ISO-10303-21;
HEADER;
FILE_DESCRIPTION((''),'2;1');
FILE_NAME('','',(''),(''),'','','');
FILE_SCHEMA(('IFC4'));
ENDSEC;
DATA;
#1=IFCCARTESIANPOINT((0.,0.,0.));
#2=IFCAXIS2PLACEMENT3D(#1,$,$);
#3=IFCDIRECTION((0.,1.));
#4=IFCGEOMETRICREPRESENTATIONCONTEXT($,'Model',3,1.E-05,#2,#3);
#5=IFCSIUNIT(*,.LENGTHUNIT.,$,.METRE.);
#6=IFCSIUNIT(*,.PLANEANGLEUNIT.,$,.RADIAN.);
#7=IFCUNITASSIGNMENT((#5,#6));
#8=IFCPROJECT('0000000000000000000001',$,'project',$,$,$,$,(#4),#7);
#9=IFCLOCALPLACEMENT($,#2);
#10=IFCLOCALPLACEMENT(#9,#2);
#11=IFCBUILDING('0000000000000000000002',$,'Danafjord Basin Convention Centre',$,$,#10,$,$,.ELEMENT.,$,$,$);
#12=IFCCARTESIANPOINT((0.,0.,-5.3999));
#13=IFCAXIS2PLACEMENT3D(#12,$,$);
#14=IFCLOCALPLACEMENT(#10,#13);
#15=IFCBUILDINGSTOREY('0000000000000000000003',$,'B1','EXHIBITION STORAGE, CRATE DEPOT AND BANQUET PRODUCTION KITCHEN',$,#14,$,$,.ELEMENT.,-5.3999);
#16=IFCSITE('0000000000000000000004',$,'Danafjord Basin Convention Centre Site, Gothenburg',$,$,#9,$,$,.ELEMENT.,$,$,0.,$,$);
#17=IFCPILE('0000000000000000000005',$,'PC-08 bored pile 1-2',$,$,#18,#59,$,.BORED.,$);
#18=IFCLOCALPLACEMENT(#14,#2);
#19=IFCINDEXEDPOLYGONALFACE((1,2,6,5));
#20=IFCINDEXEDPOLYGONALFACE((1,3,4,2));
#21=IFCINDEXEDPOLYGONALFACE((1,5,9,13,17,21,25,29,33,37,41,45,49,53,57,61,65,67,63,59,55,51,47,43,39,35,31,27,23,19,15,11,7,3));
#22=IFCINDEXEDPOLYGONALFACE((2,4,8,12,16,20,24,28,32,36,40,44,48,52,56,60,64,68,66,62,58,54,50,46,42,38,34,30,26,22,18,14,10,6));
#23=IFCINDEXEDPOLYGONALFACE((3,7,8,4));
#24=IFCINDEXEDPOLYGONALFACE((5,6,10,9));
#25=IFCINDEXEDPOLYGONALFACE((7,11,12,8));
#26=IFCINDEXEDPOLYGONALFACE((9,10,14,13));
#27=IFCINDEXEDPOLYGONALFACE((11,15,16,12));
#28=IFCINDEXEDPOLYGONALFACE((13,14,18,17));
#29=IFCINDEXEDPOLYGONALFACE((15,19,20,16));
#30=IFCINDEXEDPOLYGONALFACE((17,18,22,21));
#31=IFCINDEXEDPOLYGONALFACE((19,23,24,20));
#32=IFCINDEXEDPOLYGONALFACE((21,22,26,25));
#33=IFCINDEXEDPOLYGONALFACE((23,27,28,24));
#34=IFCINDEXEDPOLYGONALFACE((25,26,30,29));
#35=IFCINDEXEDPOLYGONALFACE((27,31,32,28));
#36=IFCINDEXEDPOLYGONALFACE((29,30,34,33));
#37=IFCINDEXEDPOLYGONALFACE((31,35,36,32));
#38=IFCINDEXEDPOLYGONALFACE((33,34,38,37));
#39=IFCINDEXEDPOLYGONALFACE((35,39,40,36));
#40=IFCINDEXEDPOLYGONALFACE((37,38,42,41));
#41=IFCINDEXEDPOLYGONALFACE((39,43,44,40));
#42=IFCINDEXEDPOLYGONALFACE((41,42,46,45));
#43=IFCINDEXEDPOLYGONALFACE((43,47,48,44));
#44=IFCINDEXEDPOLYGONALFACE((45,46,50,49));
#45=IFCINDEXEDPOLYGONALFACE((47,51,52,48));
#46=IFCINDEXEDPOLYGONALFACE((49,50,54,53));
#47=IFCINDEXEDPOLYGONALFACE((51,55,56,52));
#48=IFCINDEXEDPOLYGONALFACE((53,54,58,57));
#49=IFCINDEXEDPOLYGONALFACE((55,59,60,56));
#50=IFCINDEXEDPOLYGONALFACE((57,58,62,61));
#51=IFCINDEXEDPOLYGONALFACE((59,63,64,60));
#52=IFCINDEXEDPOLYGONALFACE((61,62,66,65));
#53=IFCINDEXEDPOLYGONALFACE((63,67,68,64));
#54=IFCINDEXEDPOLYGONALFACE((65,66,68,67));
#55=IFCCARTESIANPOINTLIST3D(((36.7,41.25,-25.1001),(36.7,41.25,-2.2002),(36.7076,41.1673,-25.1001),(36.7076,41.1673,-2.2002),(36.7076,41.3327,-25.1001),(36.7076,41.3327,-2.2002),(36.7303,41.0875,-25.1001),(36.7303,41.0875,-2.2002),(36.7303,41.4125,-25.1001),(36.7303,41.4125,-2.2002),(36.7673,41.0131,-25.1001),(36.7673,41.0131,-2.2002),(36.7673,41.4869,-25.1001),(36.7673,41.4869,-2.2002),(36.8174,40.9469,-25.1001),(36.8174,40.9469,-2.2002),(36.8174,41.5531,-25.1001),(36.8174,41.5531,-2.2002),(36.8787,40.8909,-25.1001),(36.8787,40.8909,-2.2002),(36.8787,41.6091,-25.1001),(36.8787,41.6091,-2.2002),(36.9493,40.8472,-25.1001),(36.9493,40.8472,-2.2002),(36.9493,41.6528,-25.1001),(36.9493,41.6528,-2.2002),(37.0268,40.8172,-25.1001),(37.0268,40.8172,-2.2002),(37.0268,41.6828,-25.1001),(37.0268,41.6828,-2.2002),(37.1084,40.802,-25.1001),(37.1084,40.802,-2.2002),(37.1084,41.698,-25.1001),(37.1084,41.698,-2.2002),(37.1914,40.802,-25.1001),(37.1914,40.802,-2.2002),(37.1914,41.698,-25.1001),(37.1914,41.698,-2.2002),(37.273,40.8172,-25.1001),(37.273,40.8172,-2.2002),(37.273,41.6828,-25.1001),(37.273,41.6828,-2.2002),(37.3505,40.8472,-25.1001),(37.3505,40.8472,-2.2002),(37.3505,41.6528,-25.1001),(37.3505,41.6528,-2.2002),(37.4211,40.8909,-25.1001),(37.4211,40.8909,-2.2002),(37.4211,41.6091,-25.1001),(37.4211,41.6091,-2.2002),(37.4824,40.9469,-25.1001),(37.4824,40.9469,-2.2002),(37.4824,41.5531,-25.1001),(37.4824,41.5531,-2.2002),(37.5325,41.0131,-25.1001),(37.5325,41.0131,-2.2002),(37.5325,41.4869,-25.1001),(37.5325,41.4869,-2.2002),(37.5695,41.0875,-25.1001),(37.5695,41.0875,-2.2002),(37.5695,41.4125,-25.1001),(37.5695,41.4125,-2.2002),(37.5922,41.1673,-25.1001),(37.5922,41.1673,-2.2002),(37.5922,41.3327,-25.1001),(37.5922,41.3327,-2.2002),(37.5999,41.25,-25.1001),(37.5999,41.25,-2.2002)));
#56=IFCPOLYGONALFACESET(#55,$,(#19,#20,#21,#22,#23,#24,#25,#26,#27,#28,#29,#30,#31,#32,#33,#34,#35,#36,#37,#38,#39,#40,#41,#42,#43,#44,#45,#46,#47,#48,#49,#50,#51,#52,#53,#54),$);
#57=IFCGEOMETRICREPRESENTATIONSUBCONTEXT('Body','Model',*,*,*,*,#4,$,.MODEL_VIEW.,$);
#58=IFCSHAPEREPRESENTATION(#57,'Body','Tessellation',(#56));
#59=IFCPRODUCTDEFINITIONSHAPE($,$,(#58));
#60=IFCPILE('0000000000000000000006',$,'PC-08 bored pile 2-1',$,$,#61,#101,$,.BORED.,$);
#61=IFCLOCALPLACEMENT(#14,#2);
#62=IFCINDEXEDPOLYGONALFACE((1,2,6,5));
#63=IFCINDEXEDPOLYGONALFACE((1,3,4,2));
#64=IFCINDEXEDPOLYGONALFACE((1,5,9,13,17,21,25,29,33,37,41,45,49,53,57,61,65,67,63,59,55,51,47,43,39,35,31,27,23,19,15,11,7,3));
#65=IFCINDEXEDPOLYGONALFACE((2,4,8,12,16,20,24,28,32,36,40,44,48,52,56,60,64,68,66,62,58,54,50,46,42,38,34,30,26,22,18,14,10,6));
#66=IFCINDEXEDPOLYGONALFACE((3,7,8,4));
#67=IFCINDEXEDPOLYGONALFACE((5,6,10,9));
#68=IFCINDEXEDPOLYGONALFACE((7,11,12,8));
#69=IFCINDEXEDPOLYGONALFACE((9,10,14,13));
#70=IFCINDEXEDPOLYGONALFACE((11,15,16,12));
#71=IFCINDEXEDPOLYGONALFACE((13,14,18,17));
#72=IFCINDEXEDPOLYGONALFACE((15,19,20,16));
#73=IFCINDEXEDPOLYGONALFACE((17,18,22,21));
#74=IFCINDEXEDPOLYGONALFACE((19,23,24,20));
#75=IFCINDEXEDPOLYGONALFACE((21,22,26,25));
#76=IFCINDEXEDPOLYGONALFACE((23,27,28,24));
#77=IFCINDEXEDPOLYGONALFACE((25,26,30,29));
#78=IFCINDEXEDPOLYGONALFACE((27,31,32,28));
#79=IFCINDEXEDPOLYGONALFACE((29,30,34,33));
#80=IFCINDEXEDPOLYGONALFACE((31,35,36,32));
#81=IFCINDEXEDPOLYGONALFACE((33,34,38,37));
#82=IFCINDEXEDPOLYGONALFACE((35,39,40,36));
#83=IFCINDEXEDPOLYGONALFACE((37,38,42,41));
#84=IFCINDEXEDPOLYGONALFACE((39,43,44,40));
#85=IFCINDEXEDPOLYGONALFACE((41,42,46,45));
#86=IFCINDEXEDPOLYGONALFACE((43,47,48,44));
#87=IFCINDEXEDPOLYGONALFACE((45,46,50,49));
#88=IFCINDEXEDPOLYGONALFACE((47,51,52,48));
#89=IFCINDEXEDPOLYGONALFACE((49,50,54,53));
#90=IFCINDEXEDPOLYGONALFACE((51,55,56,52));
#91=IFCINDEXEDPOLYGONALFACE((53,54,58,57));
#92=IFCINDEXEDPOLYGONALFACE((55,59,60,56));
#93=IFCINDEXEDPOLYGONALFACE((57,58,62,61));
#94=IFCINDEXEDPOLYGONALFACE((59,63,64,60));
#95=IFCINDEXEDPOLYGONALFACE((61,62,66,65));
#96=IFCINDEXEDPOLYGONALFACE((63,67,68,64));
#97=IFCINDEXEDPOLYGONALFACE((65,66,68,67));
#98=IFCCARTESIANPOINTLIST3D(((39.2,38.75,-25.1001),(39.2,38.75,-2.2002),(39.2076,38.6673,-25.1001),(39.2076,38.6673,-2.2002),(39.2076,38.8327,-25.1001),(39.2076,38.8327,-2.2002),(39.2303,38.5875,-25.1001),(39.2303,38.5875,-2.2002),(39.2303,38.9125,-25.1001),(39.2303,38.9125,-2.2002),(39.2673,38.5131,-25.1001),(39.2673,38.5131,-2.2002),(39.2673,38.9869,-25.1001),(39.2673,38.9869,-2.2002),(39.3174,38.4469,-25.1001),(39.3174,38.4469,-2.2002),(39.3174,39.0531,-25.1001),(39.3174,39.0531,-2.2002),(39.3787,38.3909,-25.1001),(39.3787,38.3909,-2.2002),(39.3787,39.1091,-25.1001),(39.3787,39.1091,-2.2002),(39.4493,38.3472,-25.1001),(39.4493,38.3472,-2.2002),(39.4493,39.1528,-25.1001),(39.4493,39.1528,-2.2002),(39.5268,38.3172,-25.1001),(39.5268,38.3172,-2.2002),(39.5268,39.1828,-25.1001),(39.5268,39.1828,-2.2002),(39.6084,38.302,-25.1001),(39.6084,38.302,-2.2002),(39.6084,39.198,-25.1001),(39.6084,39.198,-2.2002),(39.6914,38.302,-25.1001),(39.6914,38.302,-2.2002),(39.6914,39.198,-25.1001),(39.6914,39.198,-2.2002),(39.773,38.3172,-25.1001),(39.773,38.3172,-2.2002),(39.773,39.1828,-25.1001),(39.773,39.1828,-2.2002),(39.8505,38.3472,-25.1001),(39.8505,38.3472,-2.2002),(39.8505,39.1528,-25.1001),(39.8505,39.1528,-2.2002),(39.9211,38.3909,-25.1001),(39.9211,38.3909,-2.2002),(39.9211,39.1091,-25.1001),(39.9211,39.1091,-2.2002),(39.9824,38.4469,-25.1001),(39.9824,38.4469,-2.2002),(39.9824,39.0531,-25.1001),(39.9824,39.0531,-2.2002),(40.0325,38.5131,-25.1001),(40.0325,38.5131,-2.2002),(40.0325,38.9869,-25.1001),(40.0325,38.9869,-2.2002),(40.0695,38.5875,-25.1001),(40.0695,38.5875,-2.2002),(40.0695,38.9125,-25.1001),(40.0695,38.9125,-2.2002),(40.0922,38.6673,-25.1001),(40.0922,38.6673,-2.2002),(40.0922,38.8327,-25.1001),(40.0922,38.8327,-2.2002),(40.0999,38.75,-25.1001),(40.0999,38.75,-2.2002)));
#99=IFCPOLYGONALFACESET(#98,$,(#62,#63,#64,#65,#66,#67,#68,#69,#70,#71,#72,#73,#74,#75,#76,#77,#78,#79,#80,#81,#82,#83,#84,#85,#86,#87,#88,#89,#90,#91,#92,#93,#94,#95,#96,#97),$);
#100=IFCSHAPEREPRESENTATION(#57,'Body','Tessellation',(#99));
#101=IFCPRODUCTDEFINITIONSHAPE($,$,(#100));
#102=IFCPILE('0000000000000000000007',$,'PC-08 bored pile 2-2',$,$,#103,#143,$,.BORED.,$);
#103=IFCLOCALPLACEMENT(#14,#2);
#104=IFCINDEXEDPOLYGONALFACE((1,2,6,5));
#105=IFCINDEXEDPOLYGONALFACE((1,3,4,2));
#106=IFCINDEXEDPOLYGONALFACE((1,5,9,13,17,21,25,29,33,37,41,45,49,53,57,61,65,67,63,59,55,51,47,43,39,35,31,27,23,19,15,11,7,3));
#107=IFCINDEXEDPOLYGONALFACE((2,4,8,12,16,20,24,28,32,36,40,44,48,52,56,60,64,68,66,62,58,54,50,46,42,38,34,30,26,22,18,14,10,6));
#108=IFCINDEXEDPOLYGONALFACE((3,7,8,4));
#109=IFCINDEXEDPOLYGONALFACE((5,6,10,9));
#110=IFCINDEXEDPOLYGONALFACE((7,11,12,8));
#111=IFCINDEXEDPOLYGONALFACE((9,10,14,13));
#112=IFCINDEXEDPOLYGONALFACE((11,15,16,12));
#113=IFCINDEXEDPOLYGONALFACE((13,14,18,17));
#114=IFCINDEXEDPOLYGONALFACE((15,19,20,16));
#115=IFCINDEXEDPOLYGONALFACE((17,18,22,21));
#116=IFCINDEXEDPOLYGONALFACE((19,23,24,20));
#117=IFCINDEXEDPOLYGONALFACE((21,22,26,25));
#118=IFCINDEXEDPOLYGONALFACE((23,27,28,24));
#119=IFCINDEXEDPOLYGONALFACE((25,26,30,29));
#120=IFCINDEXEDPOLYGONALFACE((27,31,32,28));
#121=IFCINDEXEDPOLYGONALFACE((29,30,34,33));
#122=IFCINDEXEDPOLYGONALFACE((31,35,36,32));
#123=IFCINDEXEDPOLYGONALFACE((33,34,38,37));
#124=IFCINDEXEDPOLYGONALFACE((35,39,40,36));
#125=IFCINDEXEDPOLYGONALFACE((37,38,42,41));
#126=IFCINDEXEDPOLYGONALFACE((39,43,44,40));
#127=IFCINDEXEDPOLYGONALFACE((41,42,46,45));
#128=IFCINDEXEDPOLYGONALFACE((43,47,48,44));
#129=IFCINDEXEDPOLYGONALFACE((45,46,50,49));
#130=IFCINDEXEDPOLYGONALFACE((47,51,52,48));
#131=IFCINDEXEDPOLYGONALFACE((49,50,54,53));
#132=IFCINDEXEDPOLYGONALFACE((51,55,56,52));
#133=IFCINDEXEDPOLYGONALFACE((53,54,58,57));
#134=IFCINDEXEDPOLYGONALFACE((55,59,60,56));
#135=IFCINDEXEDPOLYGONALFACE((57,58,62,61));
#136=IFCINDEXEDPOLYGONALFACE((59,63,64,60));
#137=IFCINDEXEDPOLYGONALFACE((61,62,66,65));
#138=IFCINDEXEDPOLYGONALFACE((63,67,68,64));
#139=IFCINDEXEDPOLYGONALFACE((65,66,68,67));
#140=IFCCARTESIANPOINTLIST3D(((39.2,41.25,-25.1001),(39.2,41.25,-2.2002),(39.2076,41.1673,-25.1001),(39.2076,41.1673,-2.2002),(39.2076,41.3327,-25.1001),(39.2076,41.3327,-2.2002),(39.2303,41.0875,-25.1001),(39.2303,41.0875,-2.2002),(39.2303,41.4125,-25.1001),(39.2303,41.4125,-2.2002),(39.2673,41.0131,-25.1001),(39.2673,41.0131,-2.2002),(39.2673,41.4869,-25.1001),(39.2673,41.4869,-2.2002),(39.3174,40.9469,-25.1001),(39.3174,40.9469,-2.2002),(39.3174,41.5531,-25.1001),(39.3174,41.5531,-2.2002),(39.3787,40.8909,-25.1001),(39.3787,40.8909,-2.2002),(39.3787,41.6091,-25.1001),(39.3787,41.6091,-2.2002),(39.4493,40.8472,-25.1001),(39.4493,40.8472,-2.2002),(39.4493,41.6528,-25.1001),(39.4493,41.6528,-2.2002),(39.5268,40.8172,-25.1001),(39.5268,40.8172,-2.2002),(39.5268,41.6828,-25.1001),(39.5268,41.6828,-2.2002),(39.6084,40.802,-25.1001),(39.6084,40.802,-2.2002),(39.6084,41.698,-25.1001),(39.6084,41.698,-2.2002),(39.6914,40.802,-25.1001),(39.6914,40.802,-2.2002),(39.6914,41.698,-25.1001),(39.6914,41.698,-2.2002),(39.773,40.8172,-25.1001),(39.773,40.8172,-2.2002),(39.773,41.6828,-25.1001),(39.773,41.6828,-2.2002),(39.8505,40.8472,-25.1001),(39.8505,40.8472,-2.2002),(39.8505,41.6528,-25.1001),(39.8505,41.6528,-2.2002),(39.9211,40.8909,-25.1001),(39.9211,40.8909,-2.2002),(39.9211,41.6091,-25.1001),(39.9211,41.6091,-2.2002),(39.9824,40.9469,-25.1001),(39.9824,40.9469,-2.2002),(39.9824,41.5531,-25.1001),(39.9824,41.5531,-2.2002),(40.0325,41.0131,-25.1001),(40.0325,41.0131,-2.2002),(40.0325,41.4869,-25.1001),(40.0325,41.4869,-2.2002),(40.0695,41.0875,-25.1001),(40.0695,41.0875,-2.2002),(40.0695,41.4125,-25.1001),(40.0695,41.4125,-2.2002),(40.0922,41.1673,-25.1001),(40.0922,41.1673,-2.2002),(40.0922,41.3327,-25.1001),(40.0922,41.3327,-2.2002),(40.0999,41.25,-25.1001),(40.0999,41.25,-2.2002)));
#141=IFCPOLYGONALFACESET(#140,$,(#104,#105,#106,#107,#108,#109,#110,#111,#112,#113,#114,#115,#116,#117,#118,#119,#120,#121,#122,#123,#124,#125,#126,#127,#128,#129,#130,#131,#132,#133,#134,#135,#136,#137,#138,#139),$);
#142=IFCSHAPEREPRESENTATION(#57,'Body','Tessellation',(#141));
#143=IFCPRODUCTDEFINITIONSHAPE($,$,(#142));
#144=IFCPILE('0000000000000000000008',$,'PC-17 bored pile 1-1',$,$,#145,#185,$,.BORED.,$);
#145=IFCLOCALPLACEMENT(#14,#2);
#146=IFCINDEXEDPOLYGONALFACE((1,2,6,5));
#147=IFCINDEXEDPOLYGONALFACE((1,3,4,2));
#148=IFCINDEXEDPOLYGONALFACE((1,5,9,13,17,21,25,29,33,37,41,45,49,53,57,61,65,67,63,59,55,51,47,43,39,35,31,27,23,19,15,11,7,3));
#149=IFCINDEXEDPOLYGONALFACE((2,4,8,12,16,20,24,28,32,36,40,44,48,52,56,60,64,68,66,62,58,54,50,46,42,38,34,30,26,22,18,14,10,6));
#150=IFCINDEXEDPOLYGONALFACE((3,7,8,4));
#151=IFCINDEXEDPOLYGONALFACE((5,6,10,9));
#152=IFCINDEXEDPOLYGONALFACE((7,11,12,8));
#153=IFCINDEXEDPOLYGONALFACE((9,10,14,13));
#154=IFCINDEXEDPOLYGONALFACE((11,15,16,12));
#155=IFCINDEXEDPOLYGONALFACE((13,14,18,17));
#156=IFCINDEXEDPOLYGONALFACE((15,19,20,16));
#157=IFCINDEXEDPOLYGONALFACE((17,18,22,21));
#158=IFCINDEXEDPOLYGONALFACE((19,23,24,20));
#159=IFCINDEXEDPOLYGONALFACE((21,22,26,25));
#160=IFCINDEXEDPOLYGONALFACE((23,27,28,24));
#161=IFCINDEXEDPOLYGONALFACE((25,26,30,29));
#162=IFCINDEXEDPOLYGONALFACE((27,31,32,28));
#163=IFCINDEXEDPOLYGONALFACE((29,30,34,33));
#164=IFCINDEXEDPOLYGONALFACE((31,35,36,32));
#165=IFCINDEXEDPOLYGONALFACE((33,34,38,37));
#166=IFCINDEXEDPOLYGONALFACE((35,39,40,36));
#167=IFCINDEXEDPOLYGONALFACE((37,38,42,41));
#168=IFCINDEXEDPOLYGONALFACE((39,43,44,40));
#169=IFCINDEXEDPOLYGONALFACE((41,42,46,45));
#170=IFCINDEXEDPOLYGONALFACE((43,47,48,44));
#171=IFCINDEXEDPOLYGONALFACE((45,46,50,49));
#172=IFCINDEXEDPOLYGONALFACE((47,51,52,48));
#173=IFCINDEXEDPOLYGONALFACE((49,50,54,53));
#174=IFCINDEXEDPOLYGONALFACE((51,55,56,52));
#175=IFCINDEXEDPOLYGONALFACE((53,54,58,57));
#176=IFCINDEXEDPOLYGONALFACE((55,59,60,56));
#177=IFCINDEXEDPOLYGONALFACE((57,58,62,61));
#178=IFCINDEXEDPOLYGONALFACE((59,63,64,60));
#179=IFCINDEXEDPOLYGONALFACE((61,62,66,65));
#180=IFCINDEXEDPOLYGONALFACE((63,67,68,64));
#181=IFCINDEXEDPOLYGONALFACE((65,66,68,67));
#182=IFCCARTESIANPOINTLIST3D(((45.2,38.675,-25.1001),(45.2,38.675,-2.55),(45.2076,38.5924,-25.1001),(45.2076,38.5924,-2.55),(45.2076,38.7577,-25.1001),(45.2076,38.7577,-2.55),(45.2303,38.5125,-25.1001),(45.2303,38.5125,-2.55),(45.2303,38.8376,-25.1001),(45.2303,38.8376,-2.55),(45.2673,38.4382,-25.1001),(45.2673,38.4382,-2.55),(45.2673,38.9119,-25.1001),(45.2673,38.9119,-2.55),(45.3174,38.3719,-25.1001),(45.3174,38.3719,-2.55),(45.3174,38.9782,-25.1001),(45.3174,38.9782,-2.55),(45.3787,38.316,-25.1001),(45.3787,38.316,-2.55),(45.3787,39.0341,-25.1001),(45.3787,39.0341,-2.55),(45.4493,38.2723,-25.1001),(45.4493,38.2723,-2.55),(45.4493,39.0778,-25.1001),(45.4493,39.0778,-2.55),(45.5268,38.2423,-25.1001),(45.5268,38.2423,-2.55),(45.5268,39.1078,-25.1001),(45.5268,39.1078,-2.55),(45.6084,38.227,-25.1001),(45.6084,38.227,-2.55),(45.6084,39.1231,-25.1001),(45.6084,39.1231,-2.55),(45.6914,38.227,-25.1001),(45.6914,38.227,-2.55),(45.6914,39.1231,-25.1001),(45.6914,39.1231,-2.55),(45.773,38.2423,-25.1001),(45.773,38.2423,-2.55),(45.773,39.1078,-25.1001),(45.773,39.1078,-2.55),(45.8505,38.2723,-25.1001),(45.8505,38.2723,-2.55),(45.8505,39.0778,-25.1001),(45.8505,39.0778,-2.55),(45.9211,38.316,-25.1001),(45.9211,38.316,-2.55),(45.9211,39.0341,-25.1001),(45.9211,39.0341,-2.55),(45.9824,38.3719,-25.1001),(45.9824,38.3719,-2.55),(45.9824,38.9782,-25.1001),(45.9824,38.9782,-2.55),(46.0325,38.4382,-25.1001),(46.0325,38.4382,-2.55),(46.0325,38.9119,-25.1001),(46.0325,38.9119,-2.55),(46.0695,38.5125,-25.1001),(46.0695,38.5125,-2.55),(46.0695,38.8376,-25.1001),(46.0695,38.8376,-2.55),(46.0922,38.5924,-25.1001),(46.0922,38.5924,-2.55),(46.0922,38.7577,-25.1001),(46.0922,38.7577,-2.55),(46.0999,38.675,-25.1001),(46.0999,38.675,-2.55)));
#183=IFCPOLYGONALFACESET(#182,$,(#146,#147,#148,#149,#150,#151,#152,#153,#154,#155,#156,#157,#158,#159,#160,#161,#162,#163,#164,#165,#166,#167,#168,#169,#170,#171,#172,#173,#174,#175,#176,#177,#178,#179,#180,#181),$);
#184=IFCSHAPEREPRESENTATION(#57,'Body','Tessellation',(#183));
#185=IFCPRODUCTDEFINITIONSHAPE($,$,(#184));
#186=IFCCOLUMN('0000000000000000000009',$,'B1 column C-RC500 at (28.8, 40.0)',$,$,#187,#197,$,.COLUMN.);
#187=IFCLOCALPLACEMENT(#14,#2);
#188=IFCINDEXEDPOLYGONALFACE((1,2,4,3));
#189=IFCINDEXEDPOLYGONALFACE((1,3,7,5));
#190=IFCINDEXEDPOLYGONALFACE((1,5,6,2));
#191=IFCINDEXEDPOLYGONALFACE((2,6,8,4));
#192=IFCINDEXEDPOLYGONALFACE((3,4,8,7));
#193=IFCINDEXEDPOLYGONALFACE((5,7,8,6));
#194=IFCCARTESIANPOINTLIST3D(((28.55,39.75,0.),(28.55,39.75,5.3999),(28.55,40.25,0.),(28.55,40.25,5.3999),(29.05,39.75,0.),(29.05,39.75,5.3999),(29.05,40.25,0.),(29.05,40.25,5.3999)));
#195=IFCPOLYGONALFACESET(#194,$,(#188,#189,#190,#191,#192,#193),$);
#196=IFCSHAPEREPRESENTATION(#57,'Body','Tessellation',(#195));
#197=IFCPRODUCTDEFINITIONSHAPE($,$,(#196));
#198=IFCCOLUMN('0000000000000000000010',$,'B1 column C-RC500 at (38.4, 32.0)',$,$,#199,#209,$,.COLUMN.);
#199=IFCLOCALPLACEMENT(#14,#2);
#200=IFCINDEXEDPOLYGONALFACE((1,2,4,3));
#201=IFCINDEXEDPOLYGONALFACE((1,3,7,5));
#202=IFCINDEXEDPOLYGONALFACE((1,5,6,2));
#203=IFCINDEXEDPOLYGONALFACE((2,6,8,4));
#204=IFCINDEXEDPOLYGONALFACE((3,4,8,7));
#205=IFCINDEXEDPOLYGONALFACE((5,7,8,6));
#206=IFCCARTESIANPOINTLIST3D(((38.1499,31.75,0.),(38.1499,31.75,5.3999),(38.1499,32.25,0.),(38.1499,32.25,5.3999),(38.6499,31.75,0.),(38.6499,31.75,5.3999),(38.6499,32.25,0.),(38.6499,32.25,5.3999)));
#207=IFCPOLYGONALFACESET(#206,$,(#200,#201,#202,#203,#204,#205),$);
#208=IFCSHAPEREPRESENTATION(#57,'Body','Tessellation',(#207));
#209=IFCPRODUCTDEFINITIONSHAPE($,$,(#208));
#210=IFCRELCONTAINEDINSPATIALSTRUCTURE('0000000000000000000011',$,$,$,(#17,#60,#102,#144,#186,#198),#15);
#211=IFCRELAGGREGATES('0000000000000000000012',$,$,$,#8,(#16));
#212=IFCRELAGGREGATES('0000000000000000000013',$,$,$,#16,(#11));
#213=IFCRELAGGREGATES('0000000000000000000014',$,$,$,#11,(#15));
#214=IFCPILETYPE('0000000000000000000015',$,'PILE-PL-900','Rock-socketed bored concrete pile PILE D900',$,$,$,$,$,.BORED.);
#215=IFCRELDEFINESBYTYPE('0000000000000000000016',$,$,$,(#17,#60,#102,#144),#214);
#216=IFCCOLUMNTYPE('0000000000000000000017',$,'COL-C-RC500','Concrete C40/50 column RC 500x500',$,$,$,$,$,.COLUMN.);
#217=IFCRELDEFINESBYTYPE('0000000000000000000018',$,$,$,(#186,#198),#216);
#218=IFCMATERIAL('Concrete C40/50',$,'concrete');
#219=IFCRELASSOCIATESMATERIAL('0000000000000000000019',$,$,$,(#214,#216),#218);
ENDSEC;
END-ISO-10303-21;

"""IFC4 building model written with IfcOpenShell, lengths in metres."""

from ifc_helpers import new_model, si_unit, direction, frame, origin, origin_2d, place, context, subcontext, project, spatial, rectangle, circle, extrude, material, material_profile, profile_set, type_object, element, save


model = new_model("IFC4")

# Units and contexts
model_context = context("Model", 3, precision=1e-05, world=origin(), true_north=direction((0.0, 1.0)))
body_context = subcontext(model_context, "Body", "Model", "MODEL_VIEW")
ifc_project = project(units=[si_unit("LENGTHUNIT", "METRE"), si_unit("PLANEANGLEUNIT", "RADIAN")], contexts=[model_context])

# Site, building, storey
site_placement = place(None, origin())
site = spatial("IfcSite", under=ifc_project, at=site_placement, Name="Danafjord Basin Convention Centre Site, Gothenburg", CompositionType="ELEMENT", RefElevation=0.0)
building_placement = place(site_placement, origin())
building = spatial("IfcBuilding", under=site, at=building_placement, Name="Danafjord Basin Convention Centre", CompositionType="ELEMENT")
storey_placement = place(building_placement, frame((0.0, 0.0, -5.3999)))
storey = spatial("IfcBuildingStorey", under=building, at=storey_placement, Name="B1", Description="EXHIBITION STORAGE, CRATE DEPOT AND BANQUET PRODUCTION KITCHEN", CompositionType="ELEMENT", Elevation=-5.3999)

# Shared definitions
ifc_material_1 = material(Name="Concrete C40/50", Category="concrete")

# Piles
ifc_material_profile_1 = material_profile(ifc_material_1, circle(Radius=0.45, at=origin_2d()), Name="PILE D900")
ifc_profile_set_1 = profile_set([ifc_material_profile_1], Name="Concrete C40/50")
pile_type_1 = type_object("IfcPileType", Name="PILE-PL-900", Description="Rock-socketed bored concrete pile PILE D900", PredefinedType="BORED", material=ifc_profile_set_1)
for number, where, z_axis, x_axis, name in (
    (1, (37.1499, 41.25, -2.2002), (0.0, 0.0, -1.0), (1.0, 0.0, 0.0), "PC-08 bored pile 1-2"),
    (2, (39.6499, 38.75, -2.2002), (0.0, 0.0, -1.0), (1.0, 0.0, 0.0), "PC-08 bored pile 2-1"),
    (3, (39.6499, 41.25, -2.2002), (0.0, 0.0, -1.0), (1.0, 0.0, 0.0), "PC-08 bored pile 2-2"),
):
    element("IfcPile", number, at=place(storey_placement, frame(where, z_axis=z_axis, x_axis=x_axis)), inside=storey, type_object=pile_type_1, Name=name, PredefinedType="BORED", context=body_context, shape_type="SweptSolid", body=[
        extrude(circle(Radius=0.45, at=origin_2d()), origin(), (0.0, 0.0, 1.0), 22.8999),
    ])
pile_placement = place(storey_placement, frame((45.6499, 38.675, -2.55), z_axis=(0.0, 0.0, -1.0), x_axis=(1.0, 0.0, 0.0)))
element("IfcPile", 4, at=pile_placement, inside=storey, type_object=pile_type_1, Name="PC-17 bored pile 1-1", PredefinedType="BORED", context=body_context, shape_type="SweptSolid", body=[
    extrude(circle(Radius=0.45, at=origin_2d()), origin(), (0.0, 0.0, 1.0), 22.55),
])

# Columns
ifc_material_profile_2 = material_profile(ifc_material_1, rectangle(XDim=0.5, YDim=0.5, at=origin_2d()), Name="RC 500x500")
ifc_profile_set_2 = profile_set([ifc_material_profile_2], Name="Concrete C40/50")
column_type_1 = type_object("IfcColumnType", Name="COL-C-RC500", Description="Concrete C40/50 column RC 500x500", PredefinedType="COLUMN", material=ifc_profile_set_2)
for number, where, z_axis, x_axis, name in (
    (5, (28.8, 40.0, 0.0), (0.0, 0.0, 1.0), (1.0, 0.0, 0.0), "B1 column C-RC500 at (28.8, 40.0)"),
    (6, (38.3999, 32.0, 0.0), (0.0, 0.0, 1.0), (1.0, 0.0, 0.0), "B1 column C-RC500 at (38.4, 32.0)"),
):
    element("IfcColumn", number, at=place(storey_placement, frame(where, z_axis=z_axis, x_axis=x_axis)), inside=storey, type_object=column_type_1, Name=name, PredefinedType="COLUMN", context=body_context, shape_type="SweptSolid", body=[
        extrude(rectangle(XDim=0.5, YDim=0.5, at=origin_2d()), origin(), (0.0, 0.0, 1.0), 5.3999),
    ])

save(model, "model.ifc")
